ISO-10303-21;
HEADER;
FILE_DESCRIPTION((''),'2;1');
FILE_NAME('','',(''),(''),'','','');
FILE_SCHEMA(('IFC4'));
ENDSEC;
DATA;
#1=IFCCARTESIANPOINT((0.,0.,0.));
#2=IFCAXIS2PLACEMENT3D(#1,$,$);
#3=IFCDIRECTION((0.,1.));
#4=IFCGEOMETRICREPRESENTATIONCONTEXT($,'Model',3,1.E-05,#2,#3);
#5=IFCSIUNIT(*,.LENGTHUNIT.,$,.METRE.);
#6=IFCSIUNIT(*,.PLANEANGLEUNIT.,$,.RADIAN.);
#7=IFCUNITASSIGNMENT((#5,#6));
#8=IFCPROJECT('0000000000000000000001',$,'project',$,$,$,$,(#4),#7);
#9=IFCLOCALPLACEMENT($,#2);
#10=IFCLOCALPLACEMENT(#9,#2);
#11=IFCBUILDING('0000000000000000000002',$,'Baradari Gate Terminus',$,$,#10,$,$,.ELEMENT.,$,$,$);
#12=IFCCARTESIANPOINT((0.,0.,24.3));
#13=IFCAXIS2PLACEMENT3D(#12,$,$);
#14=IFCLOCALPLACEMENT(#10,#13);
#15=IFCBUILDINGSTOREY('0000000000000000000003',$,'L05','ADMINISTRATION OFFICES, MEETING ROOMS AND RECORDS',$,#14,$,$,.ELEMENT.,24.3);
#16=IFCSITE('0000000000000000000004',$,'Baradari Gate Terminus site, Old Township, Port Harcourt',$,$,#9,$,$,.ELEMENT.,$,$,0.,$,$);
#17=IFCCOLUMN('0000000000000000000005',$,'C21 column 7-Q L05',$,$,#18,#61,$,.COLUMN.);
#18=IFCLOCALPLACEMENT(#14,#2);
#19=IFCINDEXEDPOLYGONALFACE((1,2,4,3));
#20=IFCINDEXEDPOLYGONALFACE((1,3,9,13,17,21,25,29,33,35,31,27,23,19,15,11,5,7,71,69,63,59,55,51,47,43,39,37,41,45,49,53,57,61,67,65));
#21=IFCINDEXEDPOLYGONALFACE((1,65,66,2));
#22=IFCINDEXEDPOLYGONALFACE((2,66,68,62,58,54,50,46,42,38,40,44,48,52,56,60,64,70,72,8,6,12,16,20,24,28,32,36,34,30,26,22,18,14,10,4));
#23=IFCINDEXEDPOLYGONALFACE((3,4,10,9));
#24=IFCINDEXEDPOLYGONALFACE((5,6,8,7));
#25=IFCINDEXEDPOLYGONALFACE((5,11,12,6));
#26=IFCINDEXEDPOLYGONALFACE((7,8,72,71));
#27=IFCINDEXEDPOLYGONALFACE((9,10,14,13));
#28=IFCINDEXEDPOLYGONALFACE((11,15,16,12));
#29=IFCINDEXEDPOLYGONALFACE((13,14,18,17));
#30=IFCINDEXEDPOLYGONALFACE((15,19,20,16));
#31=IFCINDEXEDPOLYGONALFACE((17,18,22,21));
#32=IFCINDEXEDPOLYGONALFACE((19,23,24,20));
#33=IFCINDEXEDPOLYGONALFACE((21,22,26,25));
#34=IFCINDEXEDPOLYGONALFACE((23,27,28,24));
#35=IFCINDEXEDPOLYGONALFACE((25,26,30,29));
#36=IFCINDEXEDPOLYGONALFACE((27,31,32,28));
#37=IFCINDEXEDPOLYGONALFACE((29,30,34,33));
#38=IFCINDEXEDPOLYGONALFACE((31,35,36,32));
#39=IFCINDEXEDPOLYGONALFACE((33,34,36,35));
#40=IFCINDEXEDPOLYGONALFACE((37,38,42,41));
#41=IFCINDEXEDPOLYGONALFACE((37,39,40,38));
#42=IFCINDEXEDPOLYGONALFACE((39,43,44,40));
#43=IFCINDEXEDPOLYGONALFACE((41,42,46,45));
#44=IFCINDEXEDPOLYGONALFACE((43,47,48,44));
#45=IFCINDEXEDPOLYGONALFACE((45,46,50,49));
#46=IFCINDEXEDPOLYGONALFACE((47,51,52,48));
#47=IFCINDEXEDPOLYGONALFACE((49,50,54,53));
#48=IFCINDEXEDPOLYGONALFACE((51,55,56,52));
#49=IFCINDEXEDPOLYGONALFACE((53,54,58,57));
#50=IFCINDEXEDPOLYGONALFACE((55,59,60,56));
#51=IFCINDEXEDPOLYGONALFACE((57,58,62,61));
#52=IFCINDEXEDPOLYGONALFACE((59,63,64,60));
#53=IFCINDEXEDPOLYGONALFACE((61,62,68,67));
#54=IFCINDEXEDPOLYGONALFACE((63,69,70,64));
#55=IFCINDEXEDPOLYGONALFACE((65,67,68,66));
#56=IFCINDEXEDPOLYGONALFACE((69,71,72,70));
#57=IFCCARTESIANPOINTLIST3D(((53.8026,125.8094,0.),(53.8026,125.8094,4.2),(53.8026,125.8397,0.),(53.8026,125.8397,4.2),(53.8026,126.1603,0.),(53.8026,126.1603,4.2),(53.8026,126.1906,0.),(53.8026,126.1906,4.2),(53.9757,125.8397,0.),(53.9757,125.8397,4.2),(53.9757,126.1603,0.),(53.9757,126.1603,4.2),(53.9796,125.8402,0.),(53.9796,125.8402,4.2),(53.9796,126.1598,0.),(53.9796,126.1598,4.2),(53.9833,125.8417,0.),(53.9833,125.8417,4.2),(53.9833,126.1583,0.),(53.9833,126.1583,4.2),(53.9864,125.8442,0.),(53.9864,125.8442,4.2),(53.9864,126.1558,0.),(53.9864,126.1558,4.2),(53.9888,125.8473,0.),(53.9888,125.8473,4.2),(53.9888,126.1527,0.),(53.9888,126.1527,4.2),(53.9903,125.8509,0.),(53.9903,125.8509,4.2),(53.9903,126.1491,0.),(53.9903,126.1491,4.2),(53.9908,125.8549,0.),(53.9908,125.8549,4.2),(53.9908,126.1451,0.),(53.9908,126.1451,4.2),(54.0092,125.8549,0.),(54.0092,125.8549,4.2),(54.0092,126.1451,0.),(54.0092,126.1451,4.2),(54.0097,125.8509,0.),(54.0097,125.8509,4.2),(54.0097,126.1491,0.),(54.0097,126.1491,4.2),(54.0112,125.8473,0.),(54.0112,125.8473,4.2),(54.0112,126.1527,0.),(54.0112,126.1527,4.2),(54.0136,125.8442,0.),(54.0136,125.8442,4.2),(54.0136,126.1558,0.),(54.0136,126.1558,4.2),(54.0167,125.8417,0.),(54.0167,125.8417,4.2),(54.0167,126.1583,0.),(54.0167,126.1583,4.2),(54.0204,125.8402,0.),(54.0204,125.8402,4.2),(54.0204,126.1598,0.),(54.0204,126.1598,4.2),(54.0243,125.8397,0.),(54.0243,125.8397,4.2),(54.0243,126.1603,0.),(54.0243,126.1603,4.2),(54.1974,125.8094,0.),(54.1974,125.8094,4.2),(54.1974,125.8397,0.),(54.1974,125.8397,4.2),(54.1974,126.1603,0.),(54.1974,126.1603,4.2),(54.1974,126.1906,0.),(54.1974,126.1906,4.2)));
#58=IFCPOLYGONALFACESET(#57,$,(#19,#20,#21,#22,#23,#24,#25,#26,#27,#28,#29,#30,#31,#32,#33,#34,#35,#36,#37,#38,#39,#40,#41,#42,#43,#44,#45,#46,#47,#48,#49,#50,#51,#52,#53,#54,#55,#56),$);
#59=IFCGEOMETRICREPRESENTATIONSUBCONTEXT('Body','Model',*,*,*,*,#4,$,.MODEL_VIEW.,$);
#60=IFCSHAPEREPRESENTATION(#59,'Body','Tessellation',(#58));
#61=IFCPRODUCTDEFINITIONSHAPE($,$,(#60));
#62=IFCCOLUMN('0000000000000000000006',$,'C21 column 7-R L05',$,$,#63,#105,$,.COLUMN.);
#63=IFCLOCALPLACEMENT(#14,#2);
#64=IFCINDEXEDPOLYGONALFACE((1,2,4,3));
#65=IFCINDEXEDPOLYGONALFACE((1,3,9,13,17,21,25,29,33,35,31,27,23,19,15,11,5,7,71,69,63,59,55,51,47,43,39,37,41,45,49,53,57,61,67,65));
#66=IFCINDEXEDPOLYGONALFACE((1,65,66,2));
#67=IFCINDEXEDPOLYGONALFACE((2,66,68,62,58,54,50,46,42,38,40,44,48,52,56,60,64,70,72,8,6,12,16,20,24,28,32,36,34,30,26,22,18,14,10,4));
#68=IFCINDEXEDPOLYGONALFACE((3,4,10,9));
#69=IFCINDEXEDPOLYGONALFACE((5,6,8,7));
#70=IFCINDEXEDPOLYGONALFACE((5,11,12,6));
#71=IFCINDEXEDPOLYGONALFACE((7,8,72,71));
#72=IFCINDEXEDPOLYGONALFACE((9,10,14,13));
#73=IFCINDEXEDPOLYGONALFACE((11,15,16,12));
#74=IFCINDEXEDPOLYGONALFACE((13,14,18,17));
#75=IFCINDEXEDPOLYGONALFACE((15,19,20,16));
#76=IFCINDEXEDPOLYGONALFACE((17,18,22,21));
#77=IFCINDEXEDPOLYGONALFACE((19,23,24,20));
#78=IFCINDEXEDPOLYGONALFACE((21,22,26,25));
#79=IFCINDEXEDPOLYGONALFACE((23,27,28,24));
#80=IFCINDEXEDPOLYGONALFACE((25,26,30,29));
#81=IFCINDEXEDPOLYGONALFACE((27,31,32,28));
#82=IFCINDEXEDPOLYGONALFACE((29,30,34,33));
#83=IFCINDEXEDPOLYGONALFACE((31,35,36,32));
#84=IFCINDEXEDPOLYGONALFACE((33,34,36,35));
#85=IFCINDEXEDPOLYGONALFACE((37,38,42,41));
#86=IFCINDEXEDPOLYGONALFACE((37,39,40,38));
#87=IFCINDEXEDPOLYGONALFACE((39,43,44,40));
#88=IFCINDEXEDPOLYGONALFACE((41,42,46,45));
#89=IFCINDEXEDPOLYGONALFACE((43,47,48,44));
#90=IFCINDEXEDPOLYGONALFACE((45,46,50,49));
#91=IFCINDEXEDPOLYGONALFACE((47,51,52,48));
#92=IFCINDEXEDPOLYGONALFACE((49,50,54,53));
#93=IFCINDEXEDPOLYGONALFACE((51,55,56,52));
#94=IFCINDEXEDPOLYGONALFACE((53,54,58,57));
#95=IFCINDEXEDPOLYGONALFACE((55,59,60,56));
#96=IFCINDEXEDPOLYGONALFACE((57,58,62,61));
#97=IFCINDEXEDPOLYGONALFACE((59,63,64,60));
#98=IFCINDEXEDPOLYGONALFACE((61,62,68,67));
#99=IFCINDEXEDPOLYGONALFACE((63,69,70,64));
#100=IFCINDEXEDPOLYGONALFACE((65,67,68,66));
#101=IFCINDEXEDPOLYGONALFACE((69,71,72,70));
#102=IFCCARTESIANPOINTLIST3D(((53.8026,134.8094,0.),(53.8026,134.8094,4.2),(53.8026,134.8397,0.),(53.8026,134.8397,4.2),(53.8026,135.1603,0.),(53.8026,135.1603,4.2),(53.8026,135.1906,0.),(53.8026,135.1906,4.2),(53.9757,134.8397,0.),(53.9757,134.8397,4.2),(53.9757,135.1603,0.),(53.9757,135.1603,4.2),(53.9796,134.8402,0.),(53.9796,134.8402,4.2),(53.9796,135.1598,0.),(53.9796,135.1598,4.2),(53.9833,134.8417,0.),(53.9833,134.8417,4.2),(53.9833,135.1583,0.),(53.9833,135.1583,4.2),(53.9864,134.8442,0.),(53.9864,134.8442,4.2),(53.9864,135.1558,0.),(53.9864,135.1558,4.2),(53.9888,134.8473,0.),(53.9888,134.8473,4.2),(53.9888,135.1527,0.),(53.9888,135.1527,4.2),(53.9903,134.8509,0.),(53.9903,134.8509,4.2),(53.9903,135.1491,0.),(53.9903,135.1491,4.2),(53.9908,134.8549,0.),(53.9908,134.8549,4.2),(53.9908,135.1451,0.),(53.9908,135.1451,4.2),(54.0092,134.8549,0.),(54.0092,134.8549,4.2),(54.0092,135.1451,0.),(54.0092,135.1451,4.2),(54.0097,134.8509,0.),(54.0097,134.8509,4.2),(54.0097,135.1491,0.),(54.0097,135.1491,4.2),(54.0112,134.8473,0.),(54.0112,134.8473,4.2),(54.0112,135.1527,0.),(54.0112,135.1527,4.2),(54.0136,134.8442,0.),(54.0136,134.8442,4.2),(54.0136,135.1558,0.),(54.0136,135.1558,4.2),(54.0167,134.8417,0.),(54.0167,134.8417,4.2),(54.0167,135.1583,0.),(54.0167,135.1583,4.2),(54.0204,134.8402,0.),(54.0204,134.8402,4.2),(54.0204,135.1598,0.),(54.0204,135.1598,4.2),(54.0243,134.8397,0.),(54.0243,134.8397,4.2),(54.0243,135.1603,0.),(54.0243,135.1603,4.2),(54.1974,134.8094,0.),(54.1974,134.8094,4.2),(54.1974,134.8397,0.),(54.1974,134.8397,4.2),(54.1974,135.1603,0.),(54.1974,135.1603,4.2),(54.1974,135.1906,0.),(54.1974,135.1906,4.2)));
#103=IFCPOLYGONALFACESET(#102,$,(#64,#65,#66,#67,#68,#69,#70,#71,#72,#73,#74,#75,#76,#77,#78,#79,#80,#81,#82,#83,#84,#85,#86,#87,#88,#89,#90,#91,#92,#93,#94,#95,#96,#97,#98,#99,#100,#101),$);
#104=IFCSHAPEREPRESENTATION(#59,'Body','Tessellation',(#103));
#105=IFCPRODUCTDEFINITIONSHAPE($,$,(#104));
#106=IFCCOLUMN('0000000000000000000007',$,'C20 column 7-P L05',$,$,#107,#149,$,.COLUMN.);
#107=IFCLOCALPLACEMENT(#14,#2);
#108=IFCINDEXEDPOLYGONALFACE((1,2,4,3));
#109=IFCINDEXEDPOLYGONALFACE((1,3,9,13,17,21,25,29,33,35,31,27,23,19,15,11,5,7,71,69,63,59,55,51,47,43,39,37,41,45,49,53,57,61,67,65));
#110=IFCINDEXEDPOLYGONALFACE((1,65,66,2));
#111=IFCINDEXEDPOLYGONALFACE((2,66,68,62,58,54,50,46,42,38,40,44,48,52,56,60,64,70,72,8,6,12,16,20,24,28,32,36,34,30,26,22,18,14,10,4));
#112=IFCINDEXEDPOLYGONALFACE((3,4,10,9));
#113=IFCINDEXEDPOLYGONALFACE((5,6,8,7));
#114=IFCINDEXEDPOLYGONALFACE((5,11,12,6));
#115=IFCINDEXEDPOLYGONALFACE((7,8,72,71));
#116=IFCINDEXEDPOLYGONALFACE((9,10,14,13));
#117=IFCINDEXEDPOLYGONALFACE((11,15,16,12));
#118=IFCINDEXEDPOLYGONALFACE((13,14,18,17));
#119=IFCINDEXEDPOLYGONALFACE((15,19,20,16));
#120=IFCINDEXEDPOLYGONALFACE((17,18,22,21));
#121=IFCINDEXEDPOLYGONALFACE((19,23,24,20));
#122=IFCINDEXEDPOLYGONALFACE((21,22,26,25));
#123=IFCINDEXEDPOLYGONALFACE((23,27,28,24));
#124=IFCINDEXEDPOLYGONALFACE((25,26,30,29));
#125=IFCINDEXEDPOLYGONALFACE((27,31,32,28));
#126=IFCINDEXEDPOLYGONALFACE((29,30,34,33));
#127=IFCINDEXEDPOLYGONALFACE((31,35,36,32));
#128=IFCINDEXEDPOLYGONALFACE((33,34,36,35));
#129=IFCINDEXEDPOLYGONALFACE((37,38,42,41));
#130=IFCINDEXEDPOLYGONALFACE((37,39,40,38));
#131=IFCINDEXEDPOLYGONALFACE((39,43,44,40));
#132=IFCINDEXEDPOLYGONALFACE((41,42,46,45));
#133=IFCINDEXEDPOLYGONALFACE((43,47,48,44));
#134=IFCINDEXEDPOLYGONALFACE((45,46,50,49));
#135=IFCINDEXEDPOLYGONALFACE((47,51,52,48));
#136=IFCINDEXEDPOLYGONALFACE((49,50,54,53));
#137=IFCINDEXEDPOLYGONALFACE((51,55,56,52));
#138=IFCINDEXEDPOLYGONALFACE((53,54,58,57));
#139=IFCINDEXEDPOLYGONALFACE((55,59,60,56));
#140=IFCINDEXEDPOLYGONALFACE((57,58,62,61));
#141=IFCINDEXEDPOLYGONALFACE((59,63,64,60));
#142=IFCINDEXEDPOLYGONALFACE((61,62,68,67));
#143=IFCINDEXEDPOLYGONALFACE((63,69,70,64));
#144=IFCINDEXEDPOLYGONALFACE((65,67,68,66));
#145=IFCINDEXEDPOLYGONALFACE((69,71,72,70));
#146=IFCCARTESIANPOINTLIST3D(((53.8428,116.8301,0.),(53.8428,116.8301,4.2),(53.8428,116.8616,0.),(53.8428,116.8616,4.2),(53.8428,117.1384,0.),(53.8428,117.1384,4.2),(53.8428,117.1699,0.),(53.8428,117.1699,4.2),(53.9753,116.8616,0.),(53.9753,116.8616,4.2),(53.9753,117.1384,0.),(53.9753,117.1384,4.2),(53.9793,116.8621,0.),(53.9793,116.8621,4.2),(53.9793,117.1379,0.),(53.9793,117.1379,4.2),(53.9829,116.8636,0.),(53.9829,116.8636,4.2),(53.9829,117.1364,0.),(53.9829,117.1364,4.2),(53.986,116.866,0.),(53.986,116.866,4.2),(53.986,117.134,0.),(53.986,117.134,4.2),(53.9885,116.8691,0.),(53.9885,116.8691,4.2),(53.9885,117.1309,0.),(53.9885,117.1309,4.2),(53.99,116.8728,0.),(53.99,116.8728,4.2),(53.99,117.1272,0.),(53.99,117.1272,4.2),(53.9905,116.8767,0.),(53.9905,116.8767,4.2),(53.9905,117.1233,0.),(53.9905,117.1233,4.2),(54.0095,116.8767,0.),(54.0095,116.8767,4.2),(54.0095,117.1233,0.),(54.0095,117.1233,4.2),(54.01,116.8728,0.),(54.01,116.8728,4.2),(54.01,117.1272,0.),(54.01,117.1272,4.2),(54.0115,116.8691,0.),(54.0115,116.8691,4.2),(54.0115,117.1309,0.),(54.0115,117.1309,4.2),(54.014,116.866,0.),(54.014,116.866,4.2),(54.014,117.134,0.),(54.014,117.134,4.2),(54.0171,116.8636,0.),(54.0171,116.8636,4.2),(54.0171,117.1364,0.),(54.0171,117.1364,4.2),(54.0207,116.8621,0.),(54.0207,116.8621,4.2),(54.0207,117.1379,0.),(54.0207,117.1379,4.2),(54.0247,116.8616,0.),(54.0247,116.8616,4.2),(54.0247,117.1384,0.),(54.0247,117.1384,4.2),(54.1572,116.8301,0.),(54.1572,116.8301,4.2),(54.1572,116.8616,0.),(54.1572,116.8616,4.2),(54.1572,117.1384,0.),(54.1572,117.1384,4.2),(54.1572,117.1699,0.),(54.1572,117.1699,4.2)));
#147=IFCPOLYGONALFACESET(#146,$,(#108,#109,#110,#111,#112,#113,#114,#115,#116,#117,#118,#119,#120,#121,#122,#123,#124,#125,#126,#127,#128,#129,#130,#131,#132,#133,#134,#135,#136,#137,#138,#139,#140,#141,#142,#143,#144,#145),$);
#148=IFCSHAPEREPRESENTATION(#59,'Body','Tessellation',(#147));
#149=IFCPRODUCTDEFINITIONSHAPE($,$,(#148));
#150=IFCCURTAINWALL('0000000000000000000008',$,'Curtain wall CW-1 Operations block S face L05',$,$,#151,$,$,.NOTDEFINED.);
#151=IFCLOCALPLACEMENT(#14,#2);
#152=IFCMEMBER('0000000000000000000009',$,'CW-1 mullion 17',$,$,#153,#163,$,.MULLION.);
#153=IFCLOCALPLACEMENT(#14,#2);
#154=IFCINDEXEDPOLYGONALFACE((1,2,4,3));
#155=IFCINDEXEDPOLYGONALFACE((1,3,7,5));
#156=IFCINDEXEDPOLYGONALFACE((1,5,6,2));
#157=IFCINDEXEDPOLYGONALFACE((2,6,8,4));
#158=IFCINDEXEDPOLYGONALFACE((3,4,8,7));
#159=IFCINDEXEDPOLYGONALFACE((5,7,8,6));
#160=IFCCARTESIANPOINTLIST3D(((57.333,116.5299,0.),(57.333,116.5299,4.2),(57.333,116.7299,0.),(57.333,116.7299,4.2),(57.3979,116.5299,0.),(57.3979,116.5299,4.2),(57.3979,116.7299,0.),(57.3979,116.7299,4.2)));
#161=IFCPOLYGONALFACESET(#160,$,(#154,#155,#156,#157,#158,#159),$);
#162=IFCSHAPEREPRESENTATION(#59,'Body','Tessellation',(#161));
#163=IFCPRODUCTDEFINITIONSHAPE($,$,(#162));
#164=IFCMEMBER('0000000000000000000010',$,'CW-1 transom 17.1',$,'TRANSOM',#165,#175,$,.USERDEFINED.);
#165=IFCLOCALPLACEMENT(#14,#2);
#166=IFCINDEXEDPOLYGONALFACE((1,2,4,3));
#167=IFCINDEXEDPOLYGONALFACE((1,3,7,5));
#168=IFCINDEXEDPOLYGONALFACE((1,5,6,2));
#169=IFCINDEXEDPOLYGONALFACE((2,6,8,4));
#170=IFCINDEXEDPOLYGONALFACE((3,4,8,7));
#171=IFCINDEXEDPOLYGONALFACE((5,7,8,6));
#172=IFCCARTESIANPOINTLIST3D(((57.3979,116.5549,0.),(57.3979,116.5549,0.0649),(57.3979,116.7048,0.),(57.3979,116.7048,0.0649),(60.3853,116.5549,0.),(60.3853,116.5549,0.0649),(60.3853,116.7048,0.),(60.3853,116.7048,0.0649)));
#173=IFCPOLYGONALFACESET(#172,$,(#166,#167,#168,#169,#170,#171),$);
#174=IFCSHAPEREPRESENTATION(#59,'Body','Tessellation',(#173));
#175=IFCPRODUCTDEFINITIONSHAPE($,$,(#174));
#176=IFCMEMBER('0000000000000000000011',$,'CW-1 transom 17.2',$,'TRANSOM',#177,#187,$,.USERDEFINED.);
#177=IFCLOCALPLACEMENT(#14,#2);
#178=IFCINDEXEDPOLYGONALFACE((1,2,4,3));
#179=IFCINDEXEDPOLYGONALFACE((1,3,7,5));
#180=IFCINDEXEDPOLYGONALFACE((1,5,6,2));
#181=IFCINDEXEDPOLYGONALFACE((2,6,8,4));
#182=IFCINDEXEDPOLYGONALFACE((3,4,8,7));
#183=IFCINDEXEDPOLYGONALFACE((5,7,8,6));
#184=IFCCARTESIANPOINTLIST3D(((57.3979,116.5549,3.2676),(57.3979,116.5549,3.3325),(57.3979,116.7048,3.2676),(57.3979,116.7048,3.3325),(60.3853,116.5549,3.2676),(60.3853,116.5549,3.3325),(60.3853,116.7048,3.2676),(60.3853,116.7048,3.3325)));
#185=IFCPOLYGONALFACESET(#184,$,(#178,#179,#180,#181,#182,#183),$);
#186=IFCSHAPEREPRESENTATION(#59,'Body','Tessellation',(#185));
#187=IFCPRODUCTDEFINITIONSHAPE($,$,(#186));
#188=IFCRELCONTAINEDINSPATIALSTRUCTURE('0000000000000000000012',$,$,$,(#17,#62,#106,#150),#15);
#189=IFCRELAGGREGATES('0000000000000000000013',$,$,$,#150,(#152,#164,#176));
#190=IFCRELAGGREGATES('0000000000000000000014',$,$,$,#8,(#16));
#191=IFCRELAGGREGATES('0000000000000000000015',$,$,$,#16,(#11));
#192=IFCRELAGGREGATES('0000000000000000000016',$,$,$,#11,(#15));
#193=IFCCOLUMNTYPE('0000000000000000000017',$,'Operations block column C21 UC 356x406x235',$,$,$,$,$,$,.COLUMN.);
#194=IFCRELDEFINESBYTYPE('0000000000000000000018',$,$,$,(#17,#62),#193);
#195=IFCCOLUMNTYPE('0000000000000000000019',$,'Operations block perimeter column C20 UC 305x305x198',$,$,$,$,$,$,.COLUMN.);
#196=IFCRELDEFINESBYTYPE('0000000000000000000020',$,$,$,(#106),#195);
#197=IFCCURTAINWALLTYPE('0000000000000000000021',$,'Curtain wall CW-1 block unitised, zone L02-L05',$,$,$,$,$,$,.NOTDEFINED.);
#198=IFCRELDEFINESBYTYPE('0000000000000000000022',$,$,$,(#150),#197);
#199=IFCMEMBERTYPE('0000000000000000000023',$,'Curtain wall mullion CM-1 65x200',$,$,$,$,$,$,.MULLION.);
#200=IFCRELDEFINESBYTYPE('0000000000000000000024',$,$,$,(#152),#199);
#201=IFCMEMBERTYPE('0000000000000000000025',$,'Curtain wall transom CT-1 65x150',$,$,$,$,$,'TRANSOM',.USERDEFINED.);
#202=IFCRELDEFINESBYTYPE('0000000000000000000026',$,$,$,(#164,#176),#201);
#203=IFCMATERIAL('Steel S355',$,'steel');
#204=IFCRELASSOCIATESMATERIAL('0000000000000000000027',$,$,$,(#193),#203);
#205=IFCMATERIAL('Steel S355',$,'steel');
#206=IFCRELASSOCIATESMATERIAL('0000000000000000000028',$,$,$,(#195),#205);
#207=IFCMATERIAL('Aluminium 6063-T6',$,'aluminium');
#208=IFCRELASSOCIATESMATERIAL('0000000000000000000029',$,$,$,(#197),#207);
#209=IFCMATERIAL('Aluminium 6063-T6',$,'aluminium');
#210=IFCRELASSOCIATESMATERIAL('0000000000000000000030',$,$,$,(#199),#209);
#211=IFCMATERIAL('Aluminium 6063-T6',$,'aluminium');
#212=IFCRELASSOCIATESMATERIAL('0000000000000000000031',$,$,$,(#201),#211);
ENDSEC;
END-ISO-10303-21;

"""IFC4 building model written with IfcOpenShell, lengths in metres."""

from ifc_helpers import new_model, si_unit, direction, frame, origin, origin_2d, place, context, subcontext, project, spatial, rectangle, i_section, extrude, material, material_profile, profile_set, type_object, element, aggregate, save


model = new_model("IFC4")

# Units and contexts
model_context = context("Model", 3, precision=1e-05, world=origin(), true_north=direction((0.0, 1.0)))
body_context = subcontext(model_context, "Body", "Model", "MODEL_VIEW")
ifc_project = project(units=[si_unit("LENGTHUNIT", "METRE"), si_unit("PLANEANGLEUNIT", "RADIAN")], contexts=[model_context])

# Site, building, storey
site_placement = place(None, origin())
site = spatial("IfcSite", under=ifc_project, at=site_placement, Name="Baradari Gate Terminus site, Old Township, Port Harcourt", CompositionType="ELEMENT", RefElevation=0.0)
building_placement = place(site_placement, origin())
building = spatial("IfcBuilding", under=site, at=building_placement, Name="Baradari Gate Terminus", CompositionType="ELEMENT")
storey_placement = place(building_placement, frame((0.0, 0.0, 24.3)))
storey = spatial("IfcBuildingStorey", under=building, at=storey_placement, Name="L05", Description="ADMINISTRATION OFFICES, MEETING ROOMS AND RECORDS", CompositionType="ELEMENT", Elevation=24.3)

# Columns
ifc_material_1 = material(Name="Steel S355", Category="steel")
ifc_material_profile_1 = material_profile(ifc_material_1, i_section(OverallWidth=0.3948, OverallDepth=0.3811, WebThickness=0.0183, FlangeThickness=0.0303, FilletRadius=0.0151, at=origin_2d()), Name="UC 356x406x235")
ifc_profile_set_1 = profile_set([ifc_material_profile_1], Name="Steel S355")
column_type_1 = type_object("IfcColumnType", Name="Operations block column C21 UC 356x406x235", PredefinedType="COLUMN", material=ifc_profile_set_1)
for number, where, z_axis, x_axis, name in (
    (1, (54.0, 126.0, 0.0), (0.0, 0.0, 1.0), (1.0, 0.0, 0.0), "C21 column 7-Q L05"),
    (2, (54.0, 135.0, 0.0), (0.0, 0.0, 1.0), (1.0, 0.0, 0.0), "C21 column 7-R L05"),
):
    element("IfcColumn", number, at=place(storey_placement, frame(where, z_axis=z_axis, x_axis=x_axis)), inside=storey, type_object=column_type_1, Name=name, PredefinedType="COLUMN", context=body_context, shape_type="SweptSolid", body=[
        extrude(i_section(OverallWidth=0.3948, OverallDepth=0.3811, WebThickness=0.0183, FlangeThickness=0.0303, FilletRadius=0.0151, at=origin_2d()), origin(), (0.0, 0.0, 1.0), 4.2),
    ])
ifc_material_2 = material(Name="Steel S355", Category="steel")
ifc_material_profile_2 = material_profile(ifc_material_2, i_section(OverallWidth=0.3145, OverallDepth=0.3398, WebThickness=0.019, FlangeThickness=0.0315, FilletRadius=0.0151, at=origin_2d()), Name="UC 305x305x198")
ifc_profile_set_2 = profile_set([ifc_material_profile_2], Name="Steel S355")
column_type_2 = type_object("IfcColumnType", Name="Operations block perimeter column C20 UC 305x305x198", PredefinedType="COLUMN", material=ifc_profile_set_2)
column_placement = place(storey_placement, frame((54.0, 117.0, 0.0), z_axis=(0.0, 0.0, 1.0), x_axis=(1.0, 0.0, 0.0)))
element("IfcColumn", 3, at=column_placement, inside=storey, type_object=column_type_2, Name="C20 column 7-P L05", PredefinedType="COLUMN", context=body_context, shape_type="SweptSolid", body=[
    extrude(i_section(OverallWidth=0.3145, OverallDepth=0.3398, WebThickness=0.019, FlangeThickness=0.0315, FilletRadius=0.0151, at=origin_2d()), origin(), (0.0, 0.0, 1.0), 4.2),
])

# Curtain wall, members
ifc_material_3 = material(Name="Aluminium 6063-T6", Category="aluminium")
curtain_wall_type = type_object("IfcCurtainWallType", Name="Curtain wall CW-1 block unitised, zone L02-L05", PredefinedType="NOTDEFINED", material=ifc_material_3)
curtain_wall_placement = place(storey_placement, origin())
curtain_wall = element("IfcCurtainWall", 4, at=curtain_wall_placement, inside=storey, type_object=curtain_wall_type, Name="Curtain wall CW-1 Operations block S face L05", PredefinedType="NOTDEFINED")
ifc_material_4 = material(Name="Aluminium 6063-T6", Category="aluminium")
ifc_material_profile_3 = material_profile(ifc_material_4, rectangle(XDim=0.2, YDim=0.0649, at=origin_2d()), Name="CM-1 65X200")
ifc_profile_set_3 = profile_set([ifc_material_profile_3], Name="Aluminium 6063-T6")
member_type_1 = type_object("IfcMemberType", Name="Curtain wall mullion CM-1 65x200", PredefinedType="MULLION", material=ifc_profile_set_3)
member_1_placement = place(storey_placement, frame((57.3655, 116.6299, 0.0), z_axis=(0.0, 0.0, 1.0), x_axis=(0.0, 1.0, 0.0)))
member_1 = element("IfcMember", 5, at=member_1_placement, type_object=member_type_1, Name="CW-1 mullion 17", PredefinedType="MULLION", context=body_context, shape_type="SweptSolid", body=[
    extrude(rectangle(XDim=0.2, YDim=0.0649, at=origin_2d()), origin(), (0.0, 0.0, 1.0), 4.2),
])
ifc_material_5 = material(Name="Aluminium 6063-T6", Category="aluminium")
ifc_material_profile_4 = material_profile(ifc_material_5, rectangle(XDim=0.1499, YDim=0.0649, at=origin_2d()), Name="CT-1 65X150")
ifc_profile_set_4 = profile_set([ifc_material_profile_4], Name="Aluminium 6063-T6")
member_type_2 = type_object("IfcMemberType", Name="Curtain wall transom CT-1 65x150", ElementType="TRANSOM", PredefinedType="USERDEFINED", material=ifc_profile_set_4)
member_2_placement = place(storey_placement, frame((57.3979, 116.6299, 0.0325), z_axis=(1.0, 0.0, 0.0), x_axis=(0.0, 1.0, 0.0)))
member_2 = element("IfcMember", 6, at=member_2_placement, type_object=member_type_2, Name="CW-1 transom 17.1", ObjectType="TRANSOM", PredefinedType="USERDEFINED", context=body_context, shape_type="SweptSolid", body=[
    extrude(rectangle(XDim=0.1499, YDim=0.0649, at=origin_2d()), origin(), (0.0, 0.0, 1.0), 2.9873),
])
member_3_placement = place(storey_placement, frame((57.3979, 116.6299, 3.3), z_axis=(1.0, 0.0, 0.0), x_axis=(0.0, 1.0, 0.0)))
member_3 = element("IfcMember", 7, at=member_3_placement, type_object=member_type_2, Name="CW-1 transom 17.2", ObjectType="TRANSOM", PredefinedType="USERDEFINED", context=body_context, shape_type="SweptSolid", body=[
    extrude(rectangle(XDim=0.1499, YDim=0.0649, at=origin_2d()), origin(), (0.0, 0.0, 1.0), 2.9873),
])

aggregate(curtain_wall, [member_1, member_2, member_3])

save(model, "model.ifc")
